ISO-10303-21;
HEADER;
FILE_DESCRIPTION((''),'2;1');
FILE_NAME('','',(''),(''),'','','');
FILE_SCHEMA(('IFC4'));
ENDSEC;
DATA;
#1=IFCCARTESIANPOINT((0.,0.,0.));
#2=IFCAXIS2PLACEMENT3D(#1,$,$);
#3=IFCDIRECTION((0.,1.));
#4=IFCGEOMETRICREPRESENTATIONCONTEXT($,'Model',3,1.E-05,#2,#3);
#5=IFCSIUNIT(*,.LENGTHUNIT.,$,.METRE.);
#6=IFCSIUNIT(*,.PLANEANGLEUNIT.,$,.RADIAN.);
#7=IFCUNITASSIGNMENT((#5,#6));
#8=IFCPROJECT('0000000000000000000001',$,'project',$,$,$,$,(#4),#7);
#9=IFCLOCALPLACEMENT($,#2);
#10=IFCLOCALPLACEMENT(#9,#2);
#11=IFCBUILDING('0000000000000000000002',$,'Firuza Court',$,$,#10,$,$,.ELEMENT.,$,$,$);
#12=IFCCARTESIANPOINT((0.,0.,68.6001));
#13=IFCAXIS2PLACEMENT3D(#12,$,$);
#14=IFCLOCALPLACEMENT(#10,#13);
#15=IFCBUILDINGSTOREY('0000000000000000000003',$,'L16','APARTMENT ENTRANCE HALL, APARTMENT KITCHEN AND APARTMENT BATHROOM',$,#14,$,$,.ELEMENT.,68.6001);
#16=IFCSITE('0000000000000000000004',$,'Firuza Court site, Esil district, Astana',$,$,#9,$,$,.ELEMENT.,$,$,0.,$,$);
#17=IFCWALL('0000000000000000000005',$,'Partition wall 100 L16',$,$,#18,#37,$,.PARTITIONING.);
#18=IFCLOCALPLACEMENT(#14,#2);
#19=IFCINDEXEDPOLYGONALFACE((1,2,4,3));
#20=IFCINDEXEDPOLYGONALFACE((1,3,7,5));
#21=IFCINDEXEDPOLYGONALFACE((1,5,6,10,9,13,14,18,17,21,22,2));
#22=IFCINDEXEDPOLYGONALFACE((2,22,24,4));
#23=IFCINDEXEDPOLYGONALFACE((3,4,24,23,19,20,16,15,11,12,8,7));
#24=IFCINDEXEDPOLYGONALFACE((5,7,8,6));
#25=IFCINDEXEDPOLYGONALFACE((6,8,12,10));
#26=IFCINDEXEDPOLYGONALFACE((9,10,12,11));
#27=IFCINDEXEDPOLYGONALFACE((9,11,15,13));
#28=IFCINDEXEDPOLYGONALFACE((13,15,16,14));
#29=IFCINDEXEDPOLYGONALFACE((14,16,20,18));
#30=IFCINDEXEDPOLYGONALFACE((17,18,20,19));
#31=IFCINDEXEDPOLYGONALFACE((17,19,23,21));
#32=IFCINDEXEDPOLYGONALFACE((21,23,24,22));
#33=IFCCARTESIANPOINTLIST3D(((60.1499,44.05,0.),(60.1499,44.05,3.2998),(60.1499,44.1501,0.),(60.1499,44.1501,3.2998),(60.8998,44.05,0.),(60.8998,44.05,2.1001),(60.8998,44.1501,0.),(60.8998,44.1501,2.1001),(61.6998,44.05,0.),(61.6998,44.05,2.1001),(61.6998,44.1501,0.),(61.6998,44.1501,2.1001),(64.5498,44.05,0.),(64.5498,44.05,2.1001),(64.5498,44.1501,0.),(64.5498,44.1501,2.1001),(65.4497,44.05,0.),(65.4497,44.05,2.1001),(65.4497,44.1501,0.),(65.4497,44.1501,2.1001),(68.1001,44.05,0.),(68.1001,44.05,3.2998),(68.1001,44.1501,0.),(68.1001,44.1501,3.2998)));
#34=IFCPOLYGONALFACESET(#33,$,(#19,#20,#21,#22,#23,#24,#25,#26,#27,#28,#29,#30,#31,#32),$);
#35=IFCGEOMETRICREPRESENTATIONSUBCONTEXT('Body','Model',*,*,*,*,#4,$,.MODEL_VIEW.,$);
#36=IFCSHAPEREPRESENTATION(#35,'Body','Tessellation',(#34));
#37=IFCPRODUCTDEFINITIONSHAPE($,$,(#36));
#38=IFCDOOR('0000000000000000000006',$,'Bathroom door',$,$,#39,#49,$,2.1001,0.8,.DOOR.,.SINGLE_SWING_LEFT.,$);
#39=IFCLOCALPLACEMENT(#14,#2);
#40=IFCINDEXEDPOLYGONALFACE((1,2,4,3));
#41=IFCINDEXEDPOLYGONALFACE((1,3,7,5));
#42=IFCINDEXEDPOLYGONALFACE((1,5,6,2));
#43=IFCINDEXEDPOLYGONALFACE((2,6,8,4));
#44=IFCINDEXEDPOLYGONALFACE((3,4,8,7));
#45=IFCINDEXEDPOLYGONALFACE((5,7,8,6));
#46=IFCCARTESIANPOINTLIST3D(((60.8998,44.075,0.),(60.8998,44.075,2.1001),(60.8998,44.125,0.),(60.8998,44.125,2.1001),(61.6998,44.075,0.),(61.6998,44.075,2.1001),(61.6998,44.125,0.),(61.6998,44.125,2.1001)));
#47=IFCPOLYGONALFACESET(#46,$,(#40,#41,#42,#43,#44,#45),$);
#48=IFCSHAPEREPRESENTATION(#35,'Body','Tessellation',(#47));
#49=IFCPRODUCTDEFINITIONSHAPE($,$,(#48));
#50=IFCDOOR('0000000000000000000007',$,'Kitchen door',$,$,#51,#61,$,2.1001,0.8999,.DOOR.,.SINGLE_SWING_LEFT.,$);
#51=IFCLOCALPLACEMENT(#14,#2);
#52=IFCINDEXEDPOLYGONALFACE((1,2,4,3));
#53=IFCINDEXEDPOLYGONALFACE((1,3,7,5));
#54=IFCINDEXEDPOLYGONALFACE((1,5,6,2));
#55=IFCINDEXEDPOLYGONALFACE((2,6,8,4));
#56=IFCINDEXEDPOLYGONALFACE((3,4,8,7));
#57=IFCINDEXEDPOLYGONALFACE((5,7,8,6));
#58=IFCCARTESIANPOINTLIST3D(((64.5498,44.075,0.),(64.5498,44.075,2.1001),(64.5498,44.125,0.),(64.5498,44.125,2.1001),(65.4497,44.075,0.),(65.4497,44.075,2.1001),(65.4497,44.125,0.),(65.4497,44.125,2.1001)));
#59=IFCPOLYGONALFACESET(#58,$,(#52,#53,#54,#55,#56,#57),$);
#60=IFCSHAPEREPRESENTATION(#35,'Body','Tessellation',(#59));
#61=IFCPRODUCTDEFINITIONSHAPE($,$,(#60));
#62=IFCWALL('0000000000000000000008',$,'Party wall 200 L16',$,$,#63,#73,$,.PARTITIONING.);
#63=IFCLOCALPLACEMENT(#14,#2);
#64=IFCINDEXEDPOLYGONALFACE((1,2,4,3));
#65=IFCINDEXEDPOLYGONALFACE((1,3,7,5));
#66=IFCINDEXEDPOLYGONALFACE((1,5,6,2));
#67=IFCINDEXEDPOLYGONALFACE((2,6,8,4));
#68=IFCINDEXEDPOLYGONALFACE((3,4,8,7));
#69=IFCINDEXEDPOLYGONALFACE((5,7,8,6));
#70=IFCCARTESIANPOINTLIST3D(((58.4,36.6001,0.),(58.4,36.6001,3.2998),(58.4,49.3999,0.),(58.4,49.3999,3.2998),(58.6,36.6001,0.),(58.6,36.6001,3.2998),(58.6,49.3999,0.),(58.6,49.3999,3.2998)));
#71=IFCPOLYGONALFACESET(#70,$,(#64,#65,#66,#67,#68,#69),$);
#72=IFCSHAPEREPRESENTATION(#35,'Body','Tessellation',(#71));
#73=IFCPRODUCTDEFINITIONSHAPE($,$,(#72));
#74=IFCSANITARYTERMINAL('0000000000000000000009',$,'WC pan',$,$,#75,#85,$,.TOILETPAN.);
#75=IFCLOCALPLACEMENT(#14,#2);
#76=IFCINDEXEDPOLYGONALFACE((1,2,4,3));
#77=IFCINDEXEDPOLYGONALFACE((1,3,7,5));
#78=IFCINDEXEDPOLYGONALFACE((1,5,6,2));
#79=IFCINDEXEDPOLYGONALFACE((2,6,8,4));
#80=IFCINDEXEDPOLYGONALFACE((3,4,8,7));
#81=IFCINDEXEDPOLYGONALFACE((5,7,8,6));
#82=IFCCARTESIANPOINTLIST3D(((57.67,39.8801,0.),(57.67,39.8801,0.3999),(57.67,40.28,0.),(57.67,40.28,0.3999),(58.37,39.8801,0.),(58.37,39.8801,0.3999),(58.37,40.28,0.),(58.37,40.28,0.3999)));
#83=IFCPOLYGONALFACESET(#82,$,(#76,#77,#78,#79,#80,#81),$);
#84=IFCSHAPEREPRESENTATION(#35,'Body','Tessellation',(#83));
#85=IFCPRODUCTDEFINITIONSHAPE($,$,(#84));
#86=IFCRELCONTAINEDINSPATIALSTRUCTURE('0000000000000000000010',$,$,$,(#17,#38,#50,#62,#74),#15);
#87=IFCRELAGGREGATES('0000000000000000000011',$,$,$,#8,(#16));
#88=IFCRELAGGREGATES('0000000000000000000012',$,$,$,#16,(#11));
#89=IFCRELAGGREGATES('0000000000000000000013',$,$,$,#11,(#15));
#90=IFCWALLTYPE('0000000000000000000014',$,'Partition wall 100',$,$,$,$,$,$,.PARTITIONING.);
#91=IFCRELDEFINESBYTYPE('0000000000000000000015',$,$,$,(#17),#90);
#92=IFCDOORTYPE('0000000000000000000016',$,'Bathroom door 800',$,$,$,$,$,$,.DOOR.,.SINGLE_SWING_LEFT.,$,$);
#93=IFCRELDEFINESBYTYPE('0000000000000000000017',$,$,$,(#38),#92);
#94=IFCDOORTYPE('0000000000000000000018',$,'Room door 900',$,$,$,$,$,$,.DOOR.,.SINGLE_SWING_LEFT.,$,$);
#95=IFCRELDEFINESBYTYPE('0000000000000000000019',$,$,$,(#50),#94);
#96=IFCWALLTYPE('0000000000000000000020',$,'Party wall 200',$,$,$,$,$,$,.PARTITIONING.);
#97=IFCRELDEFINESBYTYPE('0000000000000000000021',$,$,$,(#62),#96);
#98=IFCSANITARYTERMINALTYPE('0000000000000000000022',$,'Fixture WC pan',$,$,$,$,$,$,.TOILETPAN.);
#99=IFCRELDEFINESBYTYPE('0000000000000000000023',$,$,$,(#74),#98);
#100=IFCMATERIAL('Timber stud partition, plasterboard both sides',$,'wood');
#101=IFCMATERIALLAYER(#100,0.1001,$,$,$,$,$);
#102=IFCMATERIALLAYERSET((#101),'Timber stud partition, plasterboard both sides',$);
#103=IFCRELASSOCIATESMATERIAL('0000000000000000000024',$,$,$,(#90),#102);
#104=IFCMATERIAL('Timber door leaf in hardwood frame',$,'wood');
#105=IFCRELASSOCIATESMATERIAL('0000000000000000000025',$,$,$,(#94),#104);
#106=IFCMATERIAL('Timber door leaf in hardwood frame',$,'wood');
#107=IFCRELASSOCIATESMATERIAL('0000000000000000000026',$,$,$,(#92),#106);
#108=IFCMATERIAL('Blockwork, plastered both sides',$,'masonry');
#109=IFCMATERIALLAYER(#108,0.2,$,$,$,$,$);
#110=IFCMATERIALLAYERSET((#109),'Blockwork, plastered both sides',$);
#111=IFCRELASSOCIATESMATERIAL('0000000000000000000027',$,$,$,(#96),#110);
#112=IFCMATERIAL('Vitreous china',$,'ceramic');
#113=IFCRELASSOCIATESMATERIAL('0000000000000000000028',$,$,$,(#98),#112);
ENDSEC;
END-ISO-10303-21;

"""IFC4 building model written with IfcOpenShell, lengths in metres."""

from ifc_helpers import new_model, si_unit, direction, frame, frame_2d, origin, origin_2d, place, context, subcontext, project, spatial, rectangle, extrude, material, layer, layer_set, type_object, element, fill, save


model = new_model("IFC4")

# Units and contexts
model_context = context("Model", 3, precision=1e-05, world=origin(), true_north=direction((0.0, 1.0)))
body_context = subcontext(model_context, "Body", "Model", "MODEL_VIEW")
ifc_project = project(units=[si_unit("LENGTHUNIT", "METRE"), si_unit("PLANEANGLEUNIT", "RADIAN")], contexts=[model_context])

# Site, building, storey
site_placement = place(None, origin())
site = spatial("IfcSite", under=ifc_project, at=site_placement, Name="Firuza Court site, Esil district, Astana", CompositionType="ELEMENT", RefElevation=0.0)
building_placement = place(site_placement, origin())
building = spatial("IfcBuilding", under=site, at=building_placement, Name="Firuza Court", CompositionType="ELEMENT")
storey_placement = place(building_placement, frame((0.0, 0.0, 68.6001)))
storey = spatial("IfcBuildingStorey", under=building, at=storey_placement, Name="L16", Description="APARTMENT ENTRANCE HALL, APARTMENT KITCHEN AND APARTMENT BATHROOM", CompositionType="ELEMENT", Elevation=68.6001)

# Shared definitions
ifc_material_1 = material(Name="Timber stud partition, plasterboard both sides", Category="wood")
ifc_layer_1 = layer(ifc_material_1, 0.1001)
ifc_layer_set_1 = layer_set([ifc_layer_1], Name="Timber stud partition, plasterboard both sides")
wall_type_1 = type_object("IfcWallType", Name="Partition wall 100", PredefinedType="PARTITIONING", material=ifc_layer_set_1)

# Wall, openings, doors
ifc_material_2 = material(Name="Timber door leaf in hardwood frame", Category="wood")
door_type_1 = type_object("IfcDoorType", Name="Room door 900", OperationType="SINGLE_SWING_LEFT", PredefinedType="DOOR", material=ifc_material_2)
wall_1_placement = place(storey_placement, frame((60.1499, 44.1001, 0.0), z_axis=(0.0, 0.0, 1.0), x_axis=(1.0, 0.0, 0.0)))
wall_1 = element("IfcWall", 1, at=wall_1_placement, inside=storey, type_object=wall_type_1, Name="Partition wall 100 L16", PredefinedType="PARTITIONING", context=body_context, shape_type="SweptSolid", body=[
    extrude(rectangle(XDim=7.9502, YDim=0.1001, at=frame_2d((3.9751, 0.0))), origin(), (0.0, 0.0, 1.0), 3.2998),
])
opening_1_placement = place(wall_1_placement, frame((0.75, 0.0, 0.0)))
opening_1 = element("IfcOpeningElement", 2, at=opening_1_placement, cuts=wall_1, PredefinedType="OPENING", context=body_context, shape_type="SweptSolid", body=[
    extrude(rectangle(XDim=0.8, YDim=2.1001, at=frame_2d((0.3999, 1.05))), frame((0.0, 0.062, 0.0), z_axis=(0.0, -1.0, 0.0), x_axis=(1.0, 0.0, 0.0)), (0.0, 0.0, 1.0), 0.124),
])
opening_2_placement = place(wall_1_placement, frame((4.3999, 0.0, 0.0)))
opening_2 = element("IfcOpeningElement", 3, at=opening_2_placement, cuts=wall_1, PredefinedType="OPENING", context=body_context, shape_type="SweptSolid", body=[
    extrude(rectangle(XDim=0.8999, YDim=2.1001, at=frame_2d((0.45, 1.05))), frame((0.0, 0.062, 0.0), z_axis=(0.0, -1.0, 0.0), x_axis=(1.0, 0.0, 0.0)), (0.0, 0.0, 1.0), 0.124),
])
ifc_material_3 = material(Name="Timber door leaf in hardwood frame", Category="wood")
door_type_2 = type_object("IfcDoorType", Name="Bathroom door 800", OperationType="SINGLE_SWING_LEFT", PredefinedType="DOOR", material=ifc_material_3)
door_1_placement = place(opening_1_placement, origin())
door_1 = element("IfcDoor", 4, at=door_1_placement, inside=storey, type_object=door_type_2, Name="Bathroom door", OperationType="SINGLE_SWING_LEFT", OverallHeight=2.1001, OverallWidth=0.8, PredefinedType="DOOR", context=body_context, shape_type="SweptSolid", body=[
    extrude(rectangle(XDim=0.8, YDim=2.1001, at=frame_2d((0.3999, 1.05))), frame((0.0, 0.0249, 0.0), z_axis=(0.0, -1.0, 0.0), x_axis=(1.0, 0.0, 0.0)), (0.0, 0.0, 1.0), 0.05),
])
fill(opening_1, door_1)
door_2_placement = place(opening_2_placement, origin())
door_2 = element("IfcDoor", 5, at=door_2_placement, inside=storey, type_object=door_type_1, Name="Kitchen door", OperationType="SINGLE_SWING_LEFT", OverallHeight=2.1001, OverallWidth=0.8999, PredefinedType="DOOR", context=body_context, shape_type="SweptSolid", body=[
    extrude(rectangle(XDim=0.8999, YDim=2.1001, at=frame_2d((0.45, 1.05))), frame((0.0, 0.0249, 0.0), z_axis=(0.0, -1.0, 0.0), x_axis=(1.0, 0.0, 0.0)), (0.0, 0.0, 1.0), 0.05),
])
fill(opening_2, door_2)

# Wall
ifc_material_4 = material(Name="Blockwork, plastered both sides", Category="masonry")
ifc_layer_2 = layer(ifc_material_4, 0.2)
ifc_layer_set_2 = layer_set([ifc_layer_2], Name="Blockwork, plastered both sides")
wall_type_2 = type_object("IfcWallType", Name="Party wall 200", PredefinedType="PARTITIONING", material=ifc_layer_set_2)
wall_2_placement = place(storey_placement, frame((58.5, 36.6001, 0.0), z_axis=(0.0, 0.0, 1.0), x_axis=(0.0, 1.0, 0.0)))
element("IfcWall", 6, at=wall_2_placement, inside=storey, type_object=wall_type_2, Name="Party wall 200 L16", PredefinedType="PARTITIONING", context=body_context, shape_type="SweptSolid", body=[
    extrude(rectangle(XDim=12.7998, YDim=0.2, at=frame_2d((6.3999, 0.0))), origin(), (0.0, 0.0, 1.0), 3.2998),
])

# Sanitary terminal
ifc_material_5 = material(Name="Vitreous china", Category="ceramic")
sanitary_terminal_type = type_object("IfcSanitaryTerminalType", Name="Fixture WC pan", PredefinedType="TOILETPAN", material=ifc_material_5)
sanitary_terminal_placement = place(storey_placement, frame((58.02, 40.0801, 0.0), z_axis=(0.0, 0.0, 1.0), x_axis=(1.0, 0.0, 0.0)))
element("IfcSanitaryTerminal", 7, at=sanitary_terminal_placement, inside=storey, type_object=sanitary_terminal_type, Name="WC pan", PredefinedType="TOILETPAN", context=body_context, shape_type="SweptSolid", body=[
    extrude(rectangle(XDim=0.7, YDim=0.3999, at=origin_2d()), origin(), (0.0, 0.0, 1.0), 0.3999),
])

save(model, "model.ifc")
